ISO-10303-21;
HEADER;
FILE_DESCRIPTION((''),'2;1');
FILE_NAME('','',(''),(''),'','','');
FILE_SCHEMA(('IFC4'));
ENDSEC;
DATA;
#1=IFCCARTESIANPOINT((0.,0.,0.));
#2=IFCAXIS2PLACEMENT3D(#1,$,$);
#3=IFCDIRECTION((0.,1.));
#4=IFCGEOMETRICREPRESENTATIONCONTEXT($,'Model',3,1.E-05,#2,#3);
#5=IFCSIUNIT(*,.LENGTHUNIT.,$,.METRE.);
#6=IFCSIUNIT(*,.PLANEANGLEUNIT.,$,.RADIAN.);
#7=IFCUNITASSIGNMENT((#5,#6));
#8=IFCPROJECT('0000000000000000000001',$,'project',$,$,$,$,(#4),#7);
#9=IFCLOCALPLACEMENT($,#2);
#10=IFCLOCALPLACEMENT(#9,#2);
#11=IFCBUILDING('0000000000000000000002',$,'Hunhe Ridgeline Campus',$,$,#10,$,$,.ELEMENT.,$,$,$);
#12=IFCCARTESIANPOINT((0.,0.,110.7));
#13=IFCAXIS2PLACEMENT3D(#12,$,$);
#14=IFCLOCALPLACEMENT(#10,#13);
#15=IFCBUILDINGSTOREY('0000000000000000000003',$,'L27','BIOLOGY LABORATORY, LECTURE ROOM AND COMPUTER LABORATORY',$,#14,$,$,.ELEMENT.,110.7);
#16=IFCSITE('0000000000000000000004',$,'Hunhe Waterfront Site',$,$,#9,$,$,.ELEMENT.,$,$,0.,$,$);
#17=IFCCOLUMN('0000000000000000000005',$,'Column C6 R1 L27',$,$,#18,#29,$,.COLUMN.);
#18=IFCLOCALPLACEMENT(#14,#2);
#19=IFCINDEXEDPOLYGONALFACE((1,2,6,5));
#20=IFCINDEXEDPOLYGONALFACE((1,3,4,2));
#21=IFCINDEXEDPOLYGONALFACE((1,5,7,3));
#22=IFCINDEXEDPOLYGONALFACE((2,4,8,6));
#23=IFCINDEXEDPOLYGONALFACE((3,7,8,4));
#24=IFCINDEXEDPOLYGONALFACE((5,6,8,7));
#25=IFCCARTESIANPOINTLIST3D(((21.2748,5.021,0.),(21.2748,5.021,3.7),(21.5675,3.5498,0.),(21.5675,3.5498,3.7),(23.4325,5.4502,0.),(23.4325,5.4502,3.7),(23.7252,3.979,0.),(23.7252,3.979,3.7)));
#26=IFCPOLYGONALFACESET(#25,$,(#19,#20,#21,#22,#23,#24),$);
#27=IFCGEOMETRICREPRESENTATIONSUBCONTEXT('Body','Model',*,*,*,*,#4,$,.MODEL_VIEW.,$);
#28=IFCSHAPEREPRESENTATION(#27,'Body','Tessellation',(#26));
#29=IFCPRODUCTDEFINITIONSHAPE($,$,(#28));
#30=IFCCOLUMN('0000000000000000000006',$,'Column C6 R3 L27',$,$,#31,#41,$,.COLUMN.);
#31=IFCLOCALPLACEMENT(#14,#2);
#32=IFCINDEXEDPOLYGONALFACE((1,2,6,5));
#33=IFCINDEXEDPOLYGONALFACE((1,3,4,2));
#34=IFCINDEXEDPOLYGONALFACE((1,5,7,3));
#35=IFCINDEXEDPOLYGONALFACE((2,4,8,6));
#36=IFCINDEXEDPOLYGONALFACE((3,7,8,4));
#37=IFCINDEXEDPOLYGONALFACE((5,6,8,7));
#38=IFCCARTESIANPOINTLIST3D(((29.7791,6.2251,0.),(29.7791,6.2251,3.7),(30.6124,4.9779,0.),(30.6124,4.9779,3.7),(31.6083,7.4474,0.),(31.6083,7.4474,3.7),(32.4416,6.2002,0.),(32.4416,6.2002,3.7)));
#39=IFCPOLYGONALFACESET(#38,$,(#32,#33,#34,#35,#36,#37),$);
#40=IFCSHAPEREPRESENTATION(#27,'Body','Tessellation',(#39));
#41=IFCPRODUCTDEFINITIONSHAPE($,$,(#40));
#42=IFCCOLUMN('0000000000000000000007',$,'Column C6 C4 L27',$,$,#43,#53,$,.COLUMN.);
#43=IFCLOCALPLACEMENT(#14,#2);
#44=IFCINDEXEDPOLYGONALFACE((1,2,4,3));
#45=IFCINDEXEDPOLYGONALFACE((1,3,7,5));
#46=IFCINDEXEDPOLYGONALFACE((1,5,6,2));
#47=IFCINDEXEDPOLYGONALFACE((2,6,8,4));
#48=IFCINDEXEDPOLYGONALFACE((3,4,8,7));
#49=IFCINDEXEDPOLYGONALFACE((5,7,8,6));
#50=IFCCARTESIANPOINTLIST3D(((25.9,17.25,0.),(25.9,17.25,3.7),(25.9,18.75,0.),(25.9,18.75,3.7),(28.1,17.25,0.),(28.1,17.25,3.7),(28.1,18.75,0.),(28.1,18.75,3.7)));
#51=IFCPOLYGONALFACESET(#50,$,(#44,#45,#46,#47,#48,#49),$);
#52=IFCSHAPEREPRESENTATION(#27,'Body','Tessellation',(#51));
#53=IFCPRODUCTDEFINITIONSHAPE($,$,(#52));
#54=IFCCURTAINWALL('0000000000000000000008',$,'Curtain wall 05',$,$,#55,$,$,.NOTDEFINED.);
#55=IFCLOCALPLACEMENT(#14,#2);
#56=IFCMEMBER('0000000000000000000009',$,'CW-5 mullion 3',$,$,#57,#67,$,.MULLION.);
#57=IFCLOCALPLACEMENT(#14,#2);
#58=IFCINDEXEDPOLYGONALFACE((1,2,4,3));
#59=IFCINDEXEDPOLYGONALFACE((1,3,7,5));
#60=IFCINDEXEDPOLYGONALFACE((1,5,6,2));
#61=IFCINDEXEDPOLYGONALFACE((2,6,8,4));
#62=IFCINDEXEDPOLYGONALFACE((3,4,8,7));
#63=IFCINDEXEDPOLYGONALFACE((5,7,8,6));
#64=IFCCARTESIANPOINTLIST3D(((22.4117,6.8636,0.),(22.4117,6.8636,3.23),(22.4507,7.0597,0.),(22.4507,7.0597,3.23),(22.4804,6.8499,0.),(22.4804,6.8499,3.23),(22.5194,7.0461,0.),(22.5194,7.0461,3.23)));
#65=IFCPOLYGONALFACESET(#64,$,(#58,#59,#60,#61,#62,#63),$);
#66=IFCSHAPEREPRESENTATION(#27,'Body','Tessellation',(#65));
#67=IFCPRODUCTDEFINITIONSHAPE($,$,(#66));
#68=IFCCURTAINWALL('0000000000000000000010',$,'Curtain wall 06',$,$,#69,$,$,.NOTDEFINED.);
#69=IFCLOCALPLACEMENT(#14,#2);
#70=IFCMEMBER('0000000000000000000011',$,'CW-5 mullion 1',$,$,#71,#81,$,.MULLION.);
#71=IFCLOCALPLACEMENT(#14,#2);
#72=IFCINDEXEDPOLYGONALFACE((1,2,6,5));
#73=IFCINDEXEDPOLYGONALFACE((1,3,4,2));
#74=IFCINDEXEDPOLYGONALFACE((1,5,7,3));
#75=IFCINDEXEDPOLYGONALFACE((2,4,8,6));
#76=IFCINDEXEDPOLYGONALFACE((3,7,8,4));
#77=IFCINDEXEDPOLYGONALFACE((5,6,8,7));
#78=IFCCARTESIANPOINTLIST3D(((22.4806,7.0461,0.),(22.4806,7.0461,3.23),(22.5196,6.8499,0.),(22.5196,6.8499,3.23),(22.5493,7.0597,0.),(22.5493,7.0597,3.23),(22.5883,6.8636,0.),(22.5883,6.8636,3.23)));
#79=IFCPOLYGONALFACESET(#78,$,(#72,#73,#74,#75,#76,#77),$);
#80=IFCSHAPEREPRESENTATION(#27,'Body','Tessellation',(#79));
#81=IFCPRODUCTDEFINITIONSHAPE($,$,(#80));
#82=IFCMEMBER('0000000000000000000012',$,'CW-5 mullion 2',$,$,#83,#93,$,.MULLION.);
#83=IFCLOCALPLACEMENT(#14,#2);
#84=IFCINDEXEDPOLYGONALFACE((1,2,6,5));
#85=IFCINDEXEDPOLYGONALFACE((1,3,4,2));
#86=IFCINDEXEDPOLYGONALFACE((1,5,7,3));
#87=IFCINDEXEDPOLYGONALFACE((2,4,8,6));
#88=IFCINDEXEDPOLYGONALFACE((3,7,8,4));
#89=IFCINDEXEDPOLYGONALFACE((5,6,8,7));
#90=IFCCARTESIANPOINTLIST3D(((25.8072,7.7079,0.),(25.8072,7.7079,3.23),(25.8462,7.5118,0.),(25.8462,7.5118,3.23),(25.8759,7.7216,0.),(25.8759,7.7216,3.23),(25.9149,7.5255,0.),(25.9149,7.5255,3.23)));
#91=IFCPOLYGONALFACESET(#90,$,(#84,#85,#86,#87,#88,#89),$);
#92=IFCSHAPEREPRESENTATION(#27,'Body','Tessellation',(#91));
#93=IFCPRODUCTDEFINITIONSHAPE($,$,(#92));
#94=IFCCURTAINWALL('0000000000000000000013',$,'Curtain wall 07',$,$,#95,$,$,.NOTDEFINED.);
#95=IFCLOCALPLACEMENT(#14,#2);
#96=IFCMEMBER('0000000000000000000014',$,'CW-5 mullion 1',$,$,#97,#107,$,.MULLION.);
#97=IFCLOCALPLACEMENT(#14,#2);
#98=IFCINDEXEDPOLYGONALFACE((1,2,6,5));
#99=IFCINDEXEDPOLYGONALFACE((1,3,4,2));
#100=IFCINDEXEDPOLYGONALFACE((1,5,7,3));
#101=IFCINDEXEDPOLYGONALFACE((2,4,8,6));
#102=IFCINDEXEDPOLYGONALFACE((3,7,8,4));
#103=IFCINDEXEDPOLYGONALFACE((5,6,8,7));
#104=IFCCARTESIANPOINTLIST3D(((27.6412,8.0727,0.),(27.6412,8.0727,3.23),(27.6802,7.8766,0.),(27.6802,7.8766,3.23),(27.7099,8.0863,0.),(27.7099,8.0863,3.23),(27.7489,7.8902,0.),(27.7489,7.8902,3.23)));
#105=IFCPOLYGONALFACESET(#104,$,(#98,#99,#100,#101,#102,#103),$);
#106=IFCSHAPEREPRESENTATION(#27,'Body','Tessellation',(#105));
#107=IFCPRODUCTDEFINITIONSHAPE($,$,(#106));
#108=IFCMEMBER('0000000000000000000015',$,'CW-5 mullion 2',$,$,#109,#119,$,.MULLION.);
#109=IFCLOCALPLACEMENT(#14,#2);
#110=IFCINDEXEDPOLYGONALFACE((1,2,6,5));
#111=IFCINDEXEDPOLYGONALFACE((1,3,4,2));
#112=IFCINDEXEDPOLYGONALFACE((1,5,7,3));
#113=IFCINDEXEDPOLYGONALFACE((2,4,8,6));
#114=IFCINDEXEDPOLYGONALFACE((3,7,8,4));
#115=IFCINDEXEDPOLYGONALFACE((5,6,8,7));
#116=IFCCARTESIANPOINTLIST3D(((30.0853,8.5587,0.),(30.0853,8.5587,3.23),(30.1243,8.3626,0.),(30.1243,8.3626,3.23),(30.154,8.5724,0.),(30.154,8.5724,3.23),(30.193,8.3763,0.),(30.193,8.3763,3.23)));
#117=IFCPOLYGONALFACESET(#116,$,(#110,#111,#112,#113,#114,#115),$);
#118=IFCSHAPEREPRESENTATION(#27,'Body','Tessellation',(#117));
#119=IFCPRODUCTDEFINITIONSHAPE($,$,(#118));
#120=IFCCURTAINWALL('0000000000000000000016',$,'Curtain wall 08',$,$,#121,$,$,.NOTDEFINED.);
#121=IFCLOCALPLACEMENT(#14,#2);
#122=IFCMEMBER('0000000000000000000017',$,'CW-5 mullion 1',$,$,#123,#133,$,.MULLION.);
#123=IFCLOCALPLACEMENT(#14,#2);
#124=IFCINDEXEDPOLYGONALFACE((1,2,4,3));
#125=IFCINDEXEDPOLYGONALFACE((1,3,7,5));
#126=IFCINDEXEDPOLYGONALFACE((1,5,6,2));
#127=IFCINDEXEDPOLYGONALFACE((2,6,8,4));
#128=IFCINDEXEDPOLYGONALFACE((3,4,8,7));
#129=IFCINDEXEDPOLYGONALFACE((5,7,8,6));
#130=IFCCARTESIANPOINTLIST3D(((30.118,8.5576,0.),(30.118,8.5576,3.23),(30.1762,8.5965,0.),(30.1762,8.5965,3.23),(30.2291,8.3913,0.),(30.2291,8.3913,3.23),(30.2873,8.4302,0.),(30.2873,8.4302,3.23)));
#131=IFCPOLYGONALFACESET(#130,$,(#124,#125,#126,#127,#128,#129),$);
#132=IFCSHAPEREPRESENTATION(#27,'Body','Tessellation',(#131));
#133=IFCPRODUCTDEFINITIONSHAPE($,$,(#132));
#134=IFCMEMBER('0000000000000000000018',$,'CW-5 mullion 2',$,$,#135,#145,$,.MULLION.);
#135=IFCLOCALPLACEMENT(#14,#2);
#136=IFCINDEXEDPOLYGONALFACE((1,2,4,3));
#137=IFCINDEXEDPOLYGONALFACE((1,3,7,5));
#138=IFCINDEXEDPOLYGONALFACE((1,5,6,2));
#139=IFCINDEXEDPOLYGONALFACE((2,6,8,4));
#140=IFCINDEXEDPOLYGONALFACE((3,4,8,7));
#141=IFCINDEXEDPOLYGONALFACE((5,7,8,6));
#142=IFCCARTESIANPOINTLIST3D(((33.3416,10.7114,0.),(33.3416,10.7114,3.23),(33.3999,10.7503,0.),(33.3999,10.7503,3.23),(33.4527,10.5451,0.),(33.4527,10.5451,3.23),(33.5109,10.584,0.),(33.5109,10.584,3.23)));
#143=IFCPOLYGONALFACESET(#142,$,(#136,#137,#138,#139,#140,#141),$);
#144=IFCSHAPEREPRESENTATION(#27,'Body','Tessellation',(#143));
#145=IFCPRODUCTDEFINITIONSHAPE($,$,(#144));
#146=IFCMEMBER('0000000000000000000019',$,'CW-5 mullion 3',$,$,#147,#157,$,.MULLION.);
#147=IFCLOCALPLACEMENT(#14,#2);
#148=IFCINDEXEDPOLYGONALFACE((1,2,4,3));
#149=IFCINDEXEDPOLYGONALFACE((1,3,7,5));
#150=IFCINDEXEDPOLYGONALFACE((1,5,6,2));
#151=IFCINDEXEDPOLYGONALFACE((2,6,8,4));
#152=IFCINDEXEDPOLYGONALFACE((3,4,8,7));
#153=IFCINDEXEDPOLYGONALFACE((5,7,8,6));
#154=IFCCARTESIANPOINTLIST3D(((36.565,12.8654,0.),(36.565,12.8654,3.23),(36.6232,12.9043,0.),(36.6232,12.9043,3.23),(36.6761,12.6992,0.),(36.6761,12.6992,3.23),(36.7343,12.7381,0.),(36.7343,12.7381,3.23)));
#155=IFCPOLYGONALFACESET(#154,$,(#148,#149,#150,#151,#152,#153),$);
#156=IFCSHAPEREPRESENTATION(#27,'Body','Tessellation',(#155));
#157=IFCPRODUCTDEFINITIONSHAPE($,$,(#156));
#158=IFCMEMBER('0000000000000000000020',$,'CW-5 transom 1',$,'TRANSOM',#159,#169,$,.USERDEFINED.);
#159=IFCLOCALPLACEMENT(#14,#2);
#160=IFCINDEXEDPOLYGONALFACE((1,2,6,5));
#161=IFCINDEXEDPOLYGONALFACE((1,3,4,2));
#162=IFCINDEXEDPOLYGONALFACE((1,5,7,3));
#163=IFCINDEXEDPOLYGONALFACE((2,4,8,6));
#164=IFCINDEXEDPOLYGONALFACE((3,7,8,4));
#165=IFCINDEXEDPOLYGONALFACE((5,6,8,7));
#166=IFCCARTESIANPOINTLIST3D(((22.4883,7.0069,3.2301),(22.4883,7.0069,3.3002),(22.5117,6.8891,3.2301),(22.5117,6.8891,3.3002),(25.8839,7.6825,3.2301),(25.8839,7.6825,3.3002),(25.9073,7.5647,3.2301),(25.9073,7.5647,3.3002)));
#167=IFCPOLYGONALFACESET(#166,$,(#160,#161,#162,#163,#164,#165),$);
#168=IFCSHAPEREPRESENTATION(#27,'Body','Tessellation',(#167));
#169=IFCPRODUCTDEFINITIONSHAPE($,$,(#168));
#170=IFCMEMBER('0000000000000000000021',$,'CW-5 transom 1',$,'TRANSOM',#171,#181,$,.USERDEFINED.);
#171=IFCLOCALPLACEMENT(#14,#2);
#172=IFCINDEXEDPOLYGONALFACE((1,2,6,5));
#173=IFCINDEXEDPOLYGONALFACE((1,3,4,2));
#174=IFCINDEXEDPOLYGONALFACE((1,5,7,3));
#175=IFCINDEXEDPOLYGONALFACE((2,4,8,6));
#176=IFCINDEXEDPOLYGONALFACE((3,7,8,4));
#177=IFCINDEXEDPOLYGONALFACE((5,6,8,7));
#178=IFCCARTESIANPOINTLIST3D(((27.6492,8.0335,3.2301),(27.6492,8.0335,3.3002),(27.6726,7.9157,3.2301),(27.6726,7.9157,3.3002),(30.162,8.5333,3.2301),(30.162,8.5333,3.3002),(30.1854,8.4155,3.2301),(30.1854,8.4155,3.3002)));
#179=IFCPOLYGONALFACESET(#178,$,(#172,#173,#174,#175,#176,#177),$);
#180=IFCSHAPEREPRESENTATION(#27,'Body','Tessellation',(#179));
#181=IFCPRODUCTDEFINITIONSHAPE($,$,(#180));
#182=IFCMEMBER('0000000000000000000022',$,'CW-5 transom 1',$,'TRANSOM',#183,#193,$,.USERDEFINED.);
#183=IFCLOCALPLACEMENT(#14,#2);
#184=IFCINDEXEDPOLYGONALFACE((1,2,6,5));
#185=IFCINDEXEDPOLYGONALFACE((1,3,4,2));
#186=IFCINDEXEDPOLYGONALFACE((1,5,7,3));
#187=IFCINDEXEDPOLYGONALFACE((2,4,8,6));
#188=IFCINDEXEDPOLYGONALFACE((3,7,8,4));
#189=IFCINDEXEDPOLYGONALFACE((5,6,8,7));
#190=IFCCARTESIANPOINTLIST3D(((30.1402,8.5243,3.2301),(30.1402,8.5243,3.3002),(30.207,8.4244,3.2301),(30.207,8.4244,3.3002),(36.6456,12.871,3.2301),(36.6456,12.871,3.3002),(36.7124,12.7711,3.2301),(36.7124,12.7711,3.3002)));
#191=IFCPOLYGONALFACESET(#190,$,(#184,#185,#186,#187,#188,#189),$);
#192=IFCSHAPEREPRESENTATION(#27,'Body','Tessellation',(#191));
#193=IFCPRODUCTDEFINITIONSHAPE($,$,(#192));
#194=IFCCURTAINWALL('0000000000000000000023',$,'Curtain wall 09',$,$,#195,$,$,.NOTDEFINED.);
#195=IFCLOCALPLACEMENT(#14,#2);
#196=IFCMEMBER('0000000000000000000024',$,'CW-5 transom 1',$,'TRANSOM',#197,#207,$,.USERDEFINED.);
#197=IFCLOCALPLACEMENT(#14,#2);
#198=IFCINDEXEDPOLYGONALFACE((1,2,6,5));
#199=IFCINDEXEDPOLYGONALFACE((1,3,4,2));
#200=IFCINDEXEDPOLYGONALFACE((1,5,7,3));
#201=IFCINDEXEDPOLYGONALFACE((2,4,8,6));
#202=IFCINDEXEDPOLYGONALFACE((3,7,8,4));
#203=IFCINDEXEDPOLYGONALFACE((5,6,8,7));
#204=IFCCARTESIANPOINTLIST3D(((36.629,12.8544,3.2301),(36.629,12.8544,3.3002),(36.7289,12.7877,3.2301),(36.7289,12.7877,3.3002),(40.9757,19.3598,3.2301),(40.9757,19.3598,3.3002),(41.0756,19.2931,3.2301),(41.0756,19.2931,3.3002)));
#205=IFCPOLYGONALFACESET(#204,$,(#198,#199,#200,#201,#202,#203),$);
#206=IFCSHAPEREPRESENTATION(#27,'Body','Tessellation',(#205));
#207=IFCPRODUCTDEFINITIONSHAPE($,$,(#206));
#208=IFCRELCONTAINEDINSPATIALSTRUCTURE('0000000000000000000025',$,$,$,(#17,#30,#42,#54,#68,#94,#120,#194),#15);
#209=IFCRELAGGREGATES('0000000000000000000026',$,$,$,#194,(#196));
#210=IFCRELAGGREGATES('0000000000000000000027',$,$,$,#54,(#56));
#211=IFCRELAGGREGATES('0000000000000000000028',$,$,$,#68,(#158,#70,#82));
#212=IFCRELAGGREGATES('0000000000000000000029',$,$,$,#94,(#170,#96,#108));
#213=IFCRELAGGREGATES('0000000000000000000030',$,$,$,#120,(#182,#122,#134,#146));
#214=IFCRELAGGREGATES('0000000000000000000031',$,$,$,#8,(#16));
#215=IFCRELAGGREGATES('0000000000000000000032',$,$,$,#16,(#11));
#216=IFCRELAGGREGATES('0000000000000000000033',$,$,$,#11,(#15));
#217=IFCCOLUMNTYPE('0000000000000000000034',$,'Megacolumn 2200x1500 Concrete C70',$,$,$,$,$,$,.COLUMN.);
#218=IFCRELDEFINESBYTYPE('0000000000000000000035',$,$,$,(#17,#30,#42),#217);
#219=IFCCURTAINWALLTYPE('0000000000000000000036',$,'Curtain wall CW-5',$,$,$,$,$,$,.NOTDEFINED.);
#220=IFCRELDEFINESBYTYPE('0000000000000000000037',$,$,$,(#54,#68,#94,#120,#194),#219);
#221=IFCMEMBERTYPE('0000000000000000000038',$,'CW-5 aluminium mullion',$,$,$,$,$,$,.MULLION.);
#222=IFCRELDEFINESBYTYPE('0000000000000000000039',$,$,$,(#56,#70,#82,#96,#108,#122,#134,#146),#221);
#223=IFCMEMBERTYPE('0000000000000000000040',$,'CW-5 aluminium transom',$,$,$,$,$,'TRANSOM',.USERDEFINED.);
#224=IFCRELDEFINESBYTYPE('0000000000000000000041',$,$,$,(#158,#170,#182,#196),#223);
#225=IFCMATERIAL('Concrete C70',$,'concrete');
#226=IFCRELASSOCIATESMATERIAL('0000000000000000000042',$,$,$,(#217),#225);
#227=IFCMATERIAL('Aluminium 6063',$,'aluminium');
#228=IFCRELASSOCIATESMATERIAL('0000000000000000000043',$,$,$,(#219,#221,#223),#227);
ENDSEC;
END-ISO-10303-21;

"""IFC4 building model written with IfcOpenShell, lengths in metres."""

from ifc_helpers import new_model, si_unit, direction, frame, origin, origin_2d, place, context, subcontext, project, spatial, rectangle, extrude, material, material_profile, profile_set, type_object, element, aggregate, save


model = new_model("IFC4")

# Units and contexts
model_context = context("Model", 3, precision=1e-05, world=origin(), true_north=direction((0.0, 1.0)))
body_context = subcontext(model_context, "Body", "Model", "MODEL_VIEW")
ifc_project = project(units=[si_unit("LENGTHUNIT", "METRE"), si_unit("PLANEANGLEUNIT", "RADIAN")], contexts=[model_context])

# Site, building, storey
site_placement = place(None, origin())
site = spatial("IfcSite", under=ifc_project, at=site_placement, Name="Hunhe Waterfront Site", CompositionType="ELEMENT", RefElevation=0.0)
building_placement = place(site_placement, origin())
building = spatial("IfcBuilding", under=site, at=building_placement, Name="Hunhe Ridgeline Campus", CompositionType="ELEMENT")
storey_placement = place(building_placement, frame((0.0, 0.0, 110.7)))
storey = spatial("IfcBuildingStorey", under=building, at=storey_placement, Name="L27", Description="BIOLOGY LABORATORY, LECTURE ROOM AND COMPUTER LABORATORY", CompositionType="ELEMENT", Elevation=110.7)

# Columns
ifc_material_1 = material(Name="Concrete C70", Category="concrete")
ifc_material_profile_1 = material_profile(ifc_material_1, rectangle(XDim=2.2, YDim=1.5, at=origin_2d()))
ifc_profile_set_1 = profile_set([ifc_material_profile_1], Name="Concrete C70")
column_type = type_object("IfcColumnType", Name="Megacolumn 2200x1500 Concrete C70", PredefinedType="COLUMN", material=ifc_profile_set_1)
for number, where, z_axis, x_axis, name in (
    (1, (22.5, 4.5, 0.0), (0.0, 0.0, 1.0), (0.980785, 0.19509, 0.0), "Column C6 R1 L27"),
    (2, (31.1104, 6.2126, 0.0), (0.0, 0.0, 1.0), (0.83147, 0.55557, 0.0), "Column C6 R3 L27"),
    (3, (27.0, 18.0, 0.0), (0.0, 0.0, 1.0), (1.0, 0.0, 0.0), "Column C6 C4 L27"),
):
    element("IfcColumn", number, at=place(storey_placement, frame(where, z_axis=z_axis, x_axis=x_axis)), inside=storey, type_object=column_type, Name=name, PredefinedType="COLUMN", context=body_context, shape_type="SweptSolid", body=[
        extrude(rectangle(XDim=2.2, YDim=1.5, at=origin_2d()), origin(), (0.0, 0.0, 1.0), 3.7),
    ])

# Curtain wall, member
ifc_material_2 = material(Name="Aluminium 6063", Category="aluminium")
curtain_wall_type = type_object("IfcCurtainWallType", Name="Curtain wall CW-5", PredefinedType="NOTDEFINED", material=ifc_material_2)
curtain_wall_1_placement = place(storey_placement, origin())
curtain_wall_1 = element("IfcCurtainWall", 4, at=curtain_wall_1_placement, inside=storey, type_object=curtain_wall_type, Name="Curtain wall 05", PredefinedType="NOTDEFINED")
ifc_material_profile_2 = material_profile(ifc_material_2, rectangle(XDim=0.2, YDim=0.0701, at=origin_2d()))
ifc_profile_set_2 = profile_set([ifc_material_profile_2], Name="Aluminium 6063")
member_type_1 = type_object("IfcMemberType", Name="CW-5 aluminium mullion", PredefinedType="MULLION", material=ifc_profile_set_2)
member_1_placement = place(storey_placement, frame((22.4656, 6.9548, 0.0), z_axis=(0.0, 0.0, 1.0), x_axis=(0.19509, 0.980785, 0.0)))
member_1 = element("IfcMember", 5, at=member_1_placement, type_object=member_type_1, Name="CW-5 mullion 3", PredefinedType="MULLION", context=body_context, shape_type="SweptSolid", body=[
    extrude(rectangle(XDim=0.2, YDim=0.0701, at=origin_2d()), origin(), (0.0, 0.0, 1.0), 3.23),
])

# Curtain walls, members
curtain_wall_2_placement = place(storey_placement, origin())
curtain_wall_2 = element("IfcCurtainWall", 6, at=curtain_wall_2_placement, inside=storey, type_object=curtain_wall_type, Name="Curtain wall 06", PredefinedType="NOTDEFINED")
member_2_placement = place(storey_placement, frame((22.5344, 6.9548, 0.0), z_axis=(0.0, 0.0, 1.0), x_axis=(-0.19509, 0.980785, 0.0)))
member_2 = element("IfcMember", 7, at=member_2_placement, type_object=member_type_1, Name="CW-5 mullion 1", PredefinedType="MULLION", context=body_context, shape_type="SweptSolid", body=[
    extrude(rectangle(XDim=0.2, YDim=0.0701, at=origin_2d()), origin(), (0.0, 0.0, 1.0), 3.23),
])
member_3_placement = place(storey_placement, frame((25.8611, 7.6167, 0.0), z_axis=(0.0, 0.0, 1.0), x_axis=(-0.19509, 0.980785, 0.0)))
member_3 = element("IfcMember", 8, at=member_3_placement, type_object=member_type_1, Name="CW-5 mullion 2", PredefinedType="MULLION", context=body_context, shape_type="SweptSolid", body=[
    extrude(rectangle(XDim=0.2, YDim=0.0701, at=origin_2d()), origin(), (0.0, 0.0, 1.0), 3.23),
])
curtain_wall_3_placement = place(storey_placement, origin())
curtain_wall_3 = element("IfcCurtainWall", 9, at=curtain_wall_3_placement, inside=storey, type_object=curtain_wall_type, Name="Curtain wall 07", PredefinedType="NOTDEFINED")
member_4_placement = place(storey_placement, frame((27.6951, 7.9814, 0.0), z_axis=(0.0, 0.0, 1.0), x_axis=(-0.195091, 0.980785, 0.0)))
member_4 = element("IfcMember", 10, at=member_4_placement, type_object=member_type_1, Name="CW-5 mullion 1", PredefinedType="MULLION", context=body_context, shape_type="SweptSolid", body=[
    extrude(rectangle(XDim=0.2, YDim=0.0701, at=origin_2d()), origin(), (0.0, 0.0, 1.0), 3.23),
])
member_5_placement = place(storey_placement, frame((30.1392, 8.4675, 0.0), z_axis=(0.0, 0.0, 1.0), x_axis=(-0.195091, 0.980785, 0.0)))
member_5 = element("IfcMember", 11, at=member_5_placement, type_object=member_type_1, Name="CW-5 mullion 2", PredefinedType="MULLION", context=body_context, shape_type="SweptSolid", body=[
    extrude(rectangle(XDim=0.2, YDim=0.0701, at=origin_2d()), origin(), (0.0, 0.0, 1.0), 3.23),
])
curtain_wall_4_placement = place(storey_placement, origin())
curtain_wall_4 = element("IfcCurtainWall", 12, at=curtain_wall_4_placement, inside=storey, type_object=curtain_wall_type, Name="Curtain wall 08", PredefinedType="NOTDEFINED")
member_6_placement = place(storey_placement, frame((30.2026, 8.4939, 0.0), z_axis=(0.0, 0.0, 1.0), x_axis=(-0.55557, 0.83147, 0.0)))
member_6 = element("IfcMember", 13, at=member_6_placement, type_object=member_type_1, Name="CW-5 mullion 1", PredefinedType="MULLION", context=body_context, shape_type="SweptSolid", body=[
    extrude(rectangle(XDim=0.2, YDim=0.0701, at=origin_2d()), origin(), (0.0, 0.0, 1.0), 3.23),
])
member_7_placement = place(storey_placement, frame((33.4263, 10.6477, 0.0), z_axis=(0.0, 0.0, 1.0), x_axis=(-0.55557, 0.83147, 0.0)))
member_7 = element("IfcMember", 14, at=member_7_placement, type_object=member_type_1, Name="CW-5 mullion 2", PredefinedType="MULLION", context=body_context, shape_type="SweptSolid", body=[
    extrude(rectangle(XDim=0.2, YDim=0.0701, at=origin_2d()), origin(), (0.0, 0.0, 1.0), 3.23),
])
member_8_placement = place(storey_placement, frame((36.6497, 12.8018, 0.0), z_axis=(0.0, 0.0, 1.0), x_axis=(-0.55557, 0.83147, 0.0)))
member_8 = element("IfcMember", 15, at=member_8_placement, type_object=member_type_1, Name="CW-5 mullion 3", PredefinedType="MULLION", context=body_context, shape_type="SweptSolid", body=[
    extrude(rectangle(XDim=0.2, YDim=0.0701, at=origin_2d()), origin(), (0.0, 0.0, 1.0), 3.23),
])

# Members
ifc_material_profile_3 = material_profile(ifc_material_2, rectangle(XDim=0.1201, YDim=0.0701, at=origin_2d()))
ifc_profile_set_3 = profile_set([ifc_material_profile_3], Name="Aluminium 6063")
member_type_2 = type_object("IfcMemberType", Name="CW-5 aluminium transom", ElementType="TRANSOM", PredefinedType="USERDEFINED", material=ifc_profile_set_3)
member_9_placement = place(storey_placement, frame((22.5, 6.948, 3.2651), z_axis=(0.980778, 0.195126, 0.0), x_axis=(-0.195126, 0.980778, 0.0)))
member_9 = element("IfcMember", 16, at=member_9_placement, type_object=member_type_2, Name="CW-5 transom 1", ObjectType="TRANSOM", PredefinedType="USERDEFINED", context=body_context, shape_type="SweptSolid", body=[
    extrude(rectangle(XDim=0.1201, YDim=0.0701, at=origin_2d()), origin(), (0.0, 0.0, 1.0), 3.4622),
])
member_10_placement = place(storey_placement, frame((27.6609, 7.9746, 3.2651), z_axis=(0.980789, 0.195071, 0.0), x_axis=(-0.195071, 0.980789, 0.0)))
member_10 = element("IfcMember", 17, at=member_10_placement, type_object=member_type_2, Name="CW-5 transom 1", ObjectType="TRANSOM", PredefinedType="USERDEFINED", context=body_context, shape_type="SweptSolid", body=[
    extrude(rectangle(XDim=0.1201, YDim=0.0701, at=origin_2d()), origin(), (0.0, 0.0, 1.0), 2.562),
])
member_11_placement = place(storey_placement, frame((30.1736, 8.4744, 3.2651), z_axis=(0.831474, 0.555564, 0.0), x_axis=(-0.555564, 0.831474, 0.0)))
member_11 = element("IfcMember", 18, at=member_11_placement, type_object=member_type_2, Name="CW-5 transom 1", ObjectType="TRANSOM", PredefinedType="USERDEFINED", context=body_context, shape_type="SweptSolid", body=[
    extrude(rectangle(XDim=0.1201, YDim=0.0701, at=origin_2d()), origin(), (0.0, 0.0, 1.0), 7.824),
])

# Curtain wall, member
curtain_wall_5_placement = place(storey_placement, origin())
curtain_wall_5 = element("IfcCurtainWall", 19, at=curtain_wall_5_placement, inside=storey, type_object=curtain_wall_type, Name="Curtain wall 09", PredefinedType="NOTDEFINED")
member_12_placement = place(storey_placement, frame((36.679, 12.821, 3.2651), z_axis=(0.555564, 0.831474, 0.0), x_axis=(-0.831474, 0.555564, 0.0)))
member_12 = element("IfcMember", 20, at=member_12_placement, type_object=member_type_2, Name="CW-5 transom 1", ObjectType="TRANSOM", PredefinedType="USERDEFINED", context=body_context, shape_type="SweptSolid", body=[
    extrude(rectangle(XDim=0.1201, YDim=0.0701, at=origin_2d()), origin(), (0.0, 0.0, 1.0), 7.824),
])
aggregate(curtain_wall_5, [member_12])

aggregate(curtain_wall_1, [member_1])
aggregate(curtain_wall_2, [member_9, member_2, member_3])
aggregate(curtain_wall_3, [member_10, member_4, member_5])
aggregate(curtain_wall_4, [member_11, member_6, member_7, member_8])

save(model, "model.ifc")
